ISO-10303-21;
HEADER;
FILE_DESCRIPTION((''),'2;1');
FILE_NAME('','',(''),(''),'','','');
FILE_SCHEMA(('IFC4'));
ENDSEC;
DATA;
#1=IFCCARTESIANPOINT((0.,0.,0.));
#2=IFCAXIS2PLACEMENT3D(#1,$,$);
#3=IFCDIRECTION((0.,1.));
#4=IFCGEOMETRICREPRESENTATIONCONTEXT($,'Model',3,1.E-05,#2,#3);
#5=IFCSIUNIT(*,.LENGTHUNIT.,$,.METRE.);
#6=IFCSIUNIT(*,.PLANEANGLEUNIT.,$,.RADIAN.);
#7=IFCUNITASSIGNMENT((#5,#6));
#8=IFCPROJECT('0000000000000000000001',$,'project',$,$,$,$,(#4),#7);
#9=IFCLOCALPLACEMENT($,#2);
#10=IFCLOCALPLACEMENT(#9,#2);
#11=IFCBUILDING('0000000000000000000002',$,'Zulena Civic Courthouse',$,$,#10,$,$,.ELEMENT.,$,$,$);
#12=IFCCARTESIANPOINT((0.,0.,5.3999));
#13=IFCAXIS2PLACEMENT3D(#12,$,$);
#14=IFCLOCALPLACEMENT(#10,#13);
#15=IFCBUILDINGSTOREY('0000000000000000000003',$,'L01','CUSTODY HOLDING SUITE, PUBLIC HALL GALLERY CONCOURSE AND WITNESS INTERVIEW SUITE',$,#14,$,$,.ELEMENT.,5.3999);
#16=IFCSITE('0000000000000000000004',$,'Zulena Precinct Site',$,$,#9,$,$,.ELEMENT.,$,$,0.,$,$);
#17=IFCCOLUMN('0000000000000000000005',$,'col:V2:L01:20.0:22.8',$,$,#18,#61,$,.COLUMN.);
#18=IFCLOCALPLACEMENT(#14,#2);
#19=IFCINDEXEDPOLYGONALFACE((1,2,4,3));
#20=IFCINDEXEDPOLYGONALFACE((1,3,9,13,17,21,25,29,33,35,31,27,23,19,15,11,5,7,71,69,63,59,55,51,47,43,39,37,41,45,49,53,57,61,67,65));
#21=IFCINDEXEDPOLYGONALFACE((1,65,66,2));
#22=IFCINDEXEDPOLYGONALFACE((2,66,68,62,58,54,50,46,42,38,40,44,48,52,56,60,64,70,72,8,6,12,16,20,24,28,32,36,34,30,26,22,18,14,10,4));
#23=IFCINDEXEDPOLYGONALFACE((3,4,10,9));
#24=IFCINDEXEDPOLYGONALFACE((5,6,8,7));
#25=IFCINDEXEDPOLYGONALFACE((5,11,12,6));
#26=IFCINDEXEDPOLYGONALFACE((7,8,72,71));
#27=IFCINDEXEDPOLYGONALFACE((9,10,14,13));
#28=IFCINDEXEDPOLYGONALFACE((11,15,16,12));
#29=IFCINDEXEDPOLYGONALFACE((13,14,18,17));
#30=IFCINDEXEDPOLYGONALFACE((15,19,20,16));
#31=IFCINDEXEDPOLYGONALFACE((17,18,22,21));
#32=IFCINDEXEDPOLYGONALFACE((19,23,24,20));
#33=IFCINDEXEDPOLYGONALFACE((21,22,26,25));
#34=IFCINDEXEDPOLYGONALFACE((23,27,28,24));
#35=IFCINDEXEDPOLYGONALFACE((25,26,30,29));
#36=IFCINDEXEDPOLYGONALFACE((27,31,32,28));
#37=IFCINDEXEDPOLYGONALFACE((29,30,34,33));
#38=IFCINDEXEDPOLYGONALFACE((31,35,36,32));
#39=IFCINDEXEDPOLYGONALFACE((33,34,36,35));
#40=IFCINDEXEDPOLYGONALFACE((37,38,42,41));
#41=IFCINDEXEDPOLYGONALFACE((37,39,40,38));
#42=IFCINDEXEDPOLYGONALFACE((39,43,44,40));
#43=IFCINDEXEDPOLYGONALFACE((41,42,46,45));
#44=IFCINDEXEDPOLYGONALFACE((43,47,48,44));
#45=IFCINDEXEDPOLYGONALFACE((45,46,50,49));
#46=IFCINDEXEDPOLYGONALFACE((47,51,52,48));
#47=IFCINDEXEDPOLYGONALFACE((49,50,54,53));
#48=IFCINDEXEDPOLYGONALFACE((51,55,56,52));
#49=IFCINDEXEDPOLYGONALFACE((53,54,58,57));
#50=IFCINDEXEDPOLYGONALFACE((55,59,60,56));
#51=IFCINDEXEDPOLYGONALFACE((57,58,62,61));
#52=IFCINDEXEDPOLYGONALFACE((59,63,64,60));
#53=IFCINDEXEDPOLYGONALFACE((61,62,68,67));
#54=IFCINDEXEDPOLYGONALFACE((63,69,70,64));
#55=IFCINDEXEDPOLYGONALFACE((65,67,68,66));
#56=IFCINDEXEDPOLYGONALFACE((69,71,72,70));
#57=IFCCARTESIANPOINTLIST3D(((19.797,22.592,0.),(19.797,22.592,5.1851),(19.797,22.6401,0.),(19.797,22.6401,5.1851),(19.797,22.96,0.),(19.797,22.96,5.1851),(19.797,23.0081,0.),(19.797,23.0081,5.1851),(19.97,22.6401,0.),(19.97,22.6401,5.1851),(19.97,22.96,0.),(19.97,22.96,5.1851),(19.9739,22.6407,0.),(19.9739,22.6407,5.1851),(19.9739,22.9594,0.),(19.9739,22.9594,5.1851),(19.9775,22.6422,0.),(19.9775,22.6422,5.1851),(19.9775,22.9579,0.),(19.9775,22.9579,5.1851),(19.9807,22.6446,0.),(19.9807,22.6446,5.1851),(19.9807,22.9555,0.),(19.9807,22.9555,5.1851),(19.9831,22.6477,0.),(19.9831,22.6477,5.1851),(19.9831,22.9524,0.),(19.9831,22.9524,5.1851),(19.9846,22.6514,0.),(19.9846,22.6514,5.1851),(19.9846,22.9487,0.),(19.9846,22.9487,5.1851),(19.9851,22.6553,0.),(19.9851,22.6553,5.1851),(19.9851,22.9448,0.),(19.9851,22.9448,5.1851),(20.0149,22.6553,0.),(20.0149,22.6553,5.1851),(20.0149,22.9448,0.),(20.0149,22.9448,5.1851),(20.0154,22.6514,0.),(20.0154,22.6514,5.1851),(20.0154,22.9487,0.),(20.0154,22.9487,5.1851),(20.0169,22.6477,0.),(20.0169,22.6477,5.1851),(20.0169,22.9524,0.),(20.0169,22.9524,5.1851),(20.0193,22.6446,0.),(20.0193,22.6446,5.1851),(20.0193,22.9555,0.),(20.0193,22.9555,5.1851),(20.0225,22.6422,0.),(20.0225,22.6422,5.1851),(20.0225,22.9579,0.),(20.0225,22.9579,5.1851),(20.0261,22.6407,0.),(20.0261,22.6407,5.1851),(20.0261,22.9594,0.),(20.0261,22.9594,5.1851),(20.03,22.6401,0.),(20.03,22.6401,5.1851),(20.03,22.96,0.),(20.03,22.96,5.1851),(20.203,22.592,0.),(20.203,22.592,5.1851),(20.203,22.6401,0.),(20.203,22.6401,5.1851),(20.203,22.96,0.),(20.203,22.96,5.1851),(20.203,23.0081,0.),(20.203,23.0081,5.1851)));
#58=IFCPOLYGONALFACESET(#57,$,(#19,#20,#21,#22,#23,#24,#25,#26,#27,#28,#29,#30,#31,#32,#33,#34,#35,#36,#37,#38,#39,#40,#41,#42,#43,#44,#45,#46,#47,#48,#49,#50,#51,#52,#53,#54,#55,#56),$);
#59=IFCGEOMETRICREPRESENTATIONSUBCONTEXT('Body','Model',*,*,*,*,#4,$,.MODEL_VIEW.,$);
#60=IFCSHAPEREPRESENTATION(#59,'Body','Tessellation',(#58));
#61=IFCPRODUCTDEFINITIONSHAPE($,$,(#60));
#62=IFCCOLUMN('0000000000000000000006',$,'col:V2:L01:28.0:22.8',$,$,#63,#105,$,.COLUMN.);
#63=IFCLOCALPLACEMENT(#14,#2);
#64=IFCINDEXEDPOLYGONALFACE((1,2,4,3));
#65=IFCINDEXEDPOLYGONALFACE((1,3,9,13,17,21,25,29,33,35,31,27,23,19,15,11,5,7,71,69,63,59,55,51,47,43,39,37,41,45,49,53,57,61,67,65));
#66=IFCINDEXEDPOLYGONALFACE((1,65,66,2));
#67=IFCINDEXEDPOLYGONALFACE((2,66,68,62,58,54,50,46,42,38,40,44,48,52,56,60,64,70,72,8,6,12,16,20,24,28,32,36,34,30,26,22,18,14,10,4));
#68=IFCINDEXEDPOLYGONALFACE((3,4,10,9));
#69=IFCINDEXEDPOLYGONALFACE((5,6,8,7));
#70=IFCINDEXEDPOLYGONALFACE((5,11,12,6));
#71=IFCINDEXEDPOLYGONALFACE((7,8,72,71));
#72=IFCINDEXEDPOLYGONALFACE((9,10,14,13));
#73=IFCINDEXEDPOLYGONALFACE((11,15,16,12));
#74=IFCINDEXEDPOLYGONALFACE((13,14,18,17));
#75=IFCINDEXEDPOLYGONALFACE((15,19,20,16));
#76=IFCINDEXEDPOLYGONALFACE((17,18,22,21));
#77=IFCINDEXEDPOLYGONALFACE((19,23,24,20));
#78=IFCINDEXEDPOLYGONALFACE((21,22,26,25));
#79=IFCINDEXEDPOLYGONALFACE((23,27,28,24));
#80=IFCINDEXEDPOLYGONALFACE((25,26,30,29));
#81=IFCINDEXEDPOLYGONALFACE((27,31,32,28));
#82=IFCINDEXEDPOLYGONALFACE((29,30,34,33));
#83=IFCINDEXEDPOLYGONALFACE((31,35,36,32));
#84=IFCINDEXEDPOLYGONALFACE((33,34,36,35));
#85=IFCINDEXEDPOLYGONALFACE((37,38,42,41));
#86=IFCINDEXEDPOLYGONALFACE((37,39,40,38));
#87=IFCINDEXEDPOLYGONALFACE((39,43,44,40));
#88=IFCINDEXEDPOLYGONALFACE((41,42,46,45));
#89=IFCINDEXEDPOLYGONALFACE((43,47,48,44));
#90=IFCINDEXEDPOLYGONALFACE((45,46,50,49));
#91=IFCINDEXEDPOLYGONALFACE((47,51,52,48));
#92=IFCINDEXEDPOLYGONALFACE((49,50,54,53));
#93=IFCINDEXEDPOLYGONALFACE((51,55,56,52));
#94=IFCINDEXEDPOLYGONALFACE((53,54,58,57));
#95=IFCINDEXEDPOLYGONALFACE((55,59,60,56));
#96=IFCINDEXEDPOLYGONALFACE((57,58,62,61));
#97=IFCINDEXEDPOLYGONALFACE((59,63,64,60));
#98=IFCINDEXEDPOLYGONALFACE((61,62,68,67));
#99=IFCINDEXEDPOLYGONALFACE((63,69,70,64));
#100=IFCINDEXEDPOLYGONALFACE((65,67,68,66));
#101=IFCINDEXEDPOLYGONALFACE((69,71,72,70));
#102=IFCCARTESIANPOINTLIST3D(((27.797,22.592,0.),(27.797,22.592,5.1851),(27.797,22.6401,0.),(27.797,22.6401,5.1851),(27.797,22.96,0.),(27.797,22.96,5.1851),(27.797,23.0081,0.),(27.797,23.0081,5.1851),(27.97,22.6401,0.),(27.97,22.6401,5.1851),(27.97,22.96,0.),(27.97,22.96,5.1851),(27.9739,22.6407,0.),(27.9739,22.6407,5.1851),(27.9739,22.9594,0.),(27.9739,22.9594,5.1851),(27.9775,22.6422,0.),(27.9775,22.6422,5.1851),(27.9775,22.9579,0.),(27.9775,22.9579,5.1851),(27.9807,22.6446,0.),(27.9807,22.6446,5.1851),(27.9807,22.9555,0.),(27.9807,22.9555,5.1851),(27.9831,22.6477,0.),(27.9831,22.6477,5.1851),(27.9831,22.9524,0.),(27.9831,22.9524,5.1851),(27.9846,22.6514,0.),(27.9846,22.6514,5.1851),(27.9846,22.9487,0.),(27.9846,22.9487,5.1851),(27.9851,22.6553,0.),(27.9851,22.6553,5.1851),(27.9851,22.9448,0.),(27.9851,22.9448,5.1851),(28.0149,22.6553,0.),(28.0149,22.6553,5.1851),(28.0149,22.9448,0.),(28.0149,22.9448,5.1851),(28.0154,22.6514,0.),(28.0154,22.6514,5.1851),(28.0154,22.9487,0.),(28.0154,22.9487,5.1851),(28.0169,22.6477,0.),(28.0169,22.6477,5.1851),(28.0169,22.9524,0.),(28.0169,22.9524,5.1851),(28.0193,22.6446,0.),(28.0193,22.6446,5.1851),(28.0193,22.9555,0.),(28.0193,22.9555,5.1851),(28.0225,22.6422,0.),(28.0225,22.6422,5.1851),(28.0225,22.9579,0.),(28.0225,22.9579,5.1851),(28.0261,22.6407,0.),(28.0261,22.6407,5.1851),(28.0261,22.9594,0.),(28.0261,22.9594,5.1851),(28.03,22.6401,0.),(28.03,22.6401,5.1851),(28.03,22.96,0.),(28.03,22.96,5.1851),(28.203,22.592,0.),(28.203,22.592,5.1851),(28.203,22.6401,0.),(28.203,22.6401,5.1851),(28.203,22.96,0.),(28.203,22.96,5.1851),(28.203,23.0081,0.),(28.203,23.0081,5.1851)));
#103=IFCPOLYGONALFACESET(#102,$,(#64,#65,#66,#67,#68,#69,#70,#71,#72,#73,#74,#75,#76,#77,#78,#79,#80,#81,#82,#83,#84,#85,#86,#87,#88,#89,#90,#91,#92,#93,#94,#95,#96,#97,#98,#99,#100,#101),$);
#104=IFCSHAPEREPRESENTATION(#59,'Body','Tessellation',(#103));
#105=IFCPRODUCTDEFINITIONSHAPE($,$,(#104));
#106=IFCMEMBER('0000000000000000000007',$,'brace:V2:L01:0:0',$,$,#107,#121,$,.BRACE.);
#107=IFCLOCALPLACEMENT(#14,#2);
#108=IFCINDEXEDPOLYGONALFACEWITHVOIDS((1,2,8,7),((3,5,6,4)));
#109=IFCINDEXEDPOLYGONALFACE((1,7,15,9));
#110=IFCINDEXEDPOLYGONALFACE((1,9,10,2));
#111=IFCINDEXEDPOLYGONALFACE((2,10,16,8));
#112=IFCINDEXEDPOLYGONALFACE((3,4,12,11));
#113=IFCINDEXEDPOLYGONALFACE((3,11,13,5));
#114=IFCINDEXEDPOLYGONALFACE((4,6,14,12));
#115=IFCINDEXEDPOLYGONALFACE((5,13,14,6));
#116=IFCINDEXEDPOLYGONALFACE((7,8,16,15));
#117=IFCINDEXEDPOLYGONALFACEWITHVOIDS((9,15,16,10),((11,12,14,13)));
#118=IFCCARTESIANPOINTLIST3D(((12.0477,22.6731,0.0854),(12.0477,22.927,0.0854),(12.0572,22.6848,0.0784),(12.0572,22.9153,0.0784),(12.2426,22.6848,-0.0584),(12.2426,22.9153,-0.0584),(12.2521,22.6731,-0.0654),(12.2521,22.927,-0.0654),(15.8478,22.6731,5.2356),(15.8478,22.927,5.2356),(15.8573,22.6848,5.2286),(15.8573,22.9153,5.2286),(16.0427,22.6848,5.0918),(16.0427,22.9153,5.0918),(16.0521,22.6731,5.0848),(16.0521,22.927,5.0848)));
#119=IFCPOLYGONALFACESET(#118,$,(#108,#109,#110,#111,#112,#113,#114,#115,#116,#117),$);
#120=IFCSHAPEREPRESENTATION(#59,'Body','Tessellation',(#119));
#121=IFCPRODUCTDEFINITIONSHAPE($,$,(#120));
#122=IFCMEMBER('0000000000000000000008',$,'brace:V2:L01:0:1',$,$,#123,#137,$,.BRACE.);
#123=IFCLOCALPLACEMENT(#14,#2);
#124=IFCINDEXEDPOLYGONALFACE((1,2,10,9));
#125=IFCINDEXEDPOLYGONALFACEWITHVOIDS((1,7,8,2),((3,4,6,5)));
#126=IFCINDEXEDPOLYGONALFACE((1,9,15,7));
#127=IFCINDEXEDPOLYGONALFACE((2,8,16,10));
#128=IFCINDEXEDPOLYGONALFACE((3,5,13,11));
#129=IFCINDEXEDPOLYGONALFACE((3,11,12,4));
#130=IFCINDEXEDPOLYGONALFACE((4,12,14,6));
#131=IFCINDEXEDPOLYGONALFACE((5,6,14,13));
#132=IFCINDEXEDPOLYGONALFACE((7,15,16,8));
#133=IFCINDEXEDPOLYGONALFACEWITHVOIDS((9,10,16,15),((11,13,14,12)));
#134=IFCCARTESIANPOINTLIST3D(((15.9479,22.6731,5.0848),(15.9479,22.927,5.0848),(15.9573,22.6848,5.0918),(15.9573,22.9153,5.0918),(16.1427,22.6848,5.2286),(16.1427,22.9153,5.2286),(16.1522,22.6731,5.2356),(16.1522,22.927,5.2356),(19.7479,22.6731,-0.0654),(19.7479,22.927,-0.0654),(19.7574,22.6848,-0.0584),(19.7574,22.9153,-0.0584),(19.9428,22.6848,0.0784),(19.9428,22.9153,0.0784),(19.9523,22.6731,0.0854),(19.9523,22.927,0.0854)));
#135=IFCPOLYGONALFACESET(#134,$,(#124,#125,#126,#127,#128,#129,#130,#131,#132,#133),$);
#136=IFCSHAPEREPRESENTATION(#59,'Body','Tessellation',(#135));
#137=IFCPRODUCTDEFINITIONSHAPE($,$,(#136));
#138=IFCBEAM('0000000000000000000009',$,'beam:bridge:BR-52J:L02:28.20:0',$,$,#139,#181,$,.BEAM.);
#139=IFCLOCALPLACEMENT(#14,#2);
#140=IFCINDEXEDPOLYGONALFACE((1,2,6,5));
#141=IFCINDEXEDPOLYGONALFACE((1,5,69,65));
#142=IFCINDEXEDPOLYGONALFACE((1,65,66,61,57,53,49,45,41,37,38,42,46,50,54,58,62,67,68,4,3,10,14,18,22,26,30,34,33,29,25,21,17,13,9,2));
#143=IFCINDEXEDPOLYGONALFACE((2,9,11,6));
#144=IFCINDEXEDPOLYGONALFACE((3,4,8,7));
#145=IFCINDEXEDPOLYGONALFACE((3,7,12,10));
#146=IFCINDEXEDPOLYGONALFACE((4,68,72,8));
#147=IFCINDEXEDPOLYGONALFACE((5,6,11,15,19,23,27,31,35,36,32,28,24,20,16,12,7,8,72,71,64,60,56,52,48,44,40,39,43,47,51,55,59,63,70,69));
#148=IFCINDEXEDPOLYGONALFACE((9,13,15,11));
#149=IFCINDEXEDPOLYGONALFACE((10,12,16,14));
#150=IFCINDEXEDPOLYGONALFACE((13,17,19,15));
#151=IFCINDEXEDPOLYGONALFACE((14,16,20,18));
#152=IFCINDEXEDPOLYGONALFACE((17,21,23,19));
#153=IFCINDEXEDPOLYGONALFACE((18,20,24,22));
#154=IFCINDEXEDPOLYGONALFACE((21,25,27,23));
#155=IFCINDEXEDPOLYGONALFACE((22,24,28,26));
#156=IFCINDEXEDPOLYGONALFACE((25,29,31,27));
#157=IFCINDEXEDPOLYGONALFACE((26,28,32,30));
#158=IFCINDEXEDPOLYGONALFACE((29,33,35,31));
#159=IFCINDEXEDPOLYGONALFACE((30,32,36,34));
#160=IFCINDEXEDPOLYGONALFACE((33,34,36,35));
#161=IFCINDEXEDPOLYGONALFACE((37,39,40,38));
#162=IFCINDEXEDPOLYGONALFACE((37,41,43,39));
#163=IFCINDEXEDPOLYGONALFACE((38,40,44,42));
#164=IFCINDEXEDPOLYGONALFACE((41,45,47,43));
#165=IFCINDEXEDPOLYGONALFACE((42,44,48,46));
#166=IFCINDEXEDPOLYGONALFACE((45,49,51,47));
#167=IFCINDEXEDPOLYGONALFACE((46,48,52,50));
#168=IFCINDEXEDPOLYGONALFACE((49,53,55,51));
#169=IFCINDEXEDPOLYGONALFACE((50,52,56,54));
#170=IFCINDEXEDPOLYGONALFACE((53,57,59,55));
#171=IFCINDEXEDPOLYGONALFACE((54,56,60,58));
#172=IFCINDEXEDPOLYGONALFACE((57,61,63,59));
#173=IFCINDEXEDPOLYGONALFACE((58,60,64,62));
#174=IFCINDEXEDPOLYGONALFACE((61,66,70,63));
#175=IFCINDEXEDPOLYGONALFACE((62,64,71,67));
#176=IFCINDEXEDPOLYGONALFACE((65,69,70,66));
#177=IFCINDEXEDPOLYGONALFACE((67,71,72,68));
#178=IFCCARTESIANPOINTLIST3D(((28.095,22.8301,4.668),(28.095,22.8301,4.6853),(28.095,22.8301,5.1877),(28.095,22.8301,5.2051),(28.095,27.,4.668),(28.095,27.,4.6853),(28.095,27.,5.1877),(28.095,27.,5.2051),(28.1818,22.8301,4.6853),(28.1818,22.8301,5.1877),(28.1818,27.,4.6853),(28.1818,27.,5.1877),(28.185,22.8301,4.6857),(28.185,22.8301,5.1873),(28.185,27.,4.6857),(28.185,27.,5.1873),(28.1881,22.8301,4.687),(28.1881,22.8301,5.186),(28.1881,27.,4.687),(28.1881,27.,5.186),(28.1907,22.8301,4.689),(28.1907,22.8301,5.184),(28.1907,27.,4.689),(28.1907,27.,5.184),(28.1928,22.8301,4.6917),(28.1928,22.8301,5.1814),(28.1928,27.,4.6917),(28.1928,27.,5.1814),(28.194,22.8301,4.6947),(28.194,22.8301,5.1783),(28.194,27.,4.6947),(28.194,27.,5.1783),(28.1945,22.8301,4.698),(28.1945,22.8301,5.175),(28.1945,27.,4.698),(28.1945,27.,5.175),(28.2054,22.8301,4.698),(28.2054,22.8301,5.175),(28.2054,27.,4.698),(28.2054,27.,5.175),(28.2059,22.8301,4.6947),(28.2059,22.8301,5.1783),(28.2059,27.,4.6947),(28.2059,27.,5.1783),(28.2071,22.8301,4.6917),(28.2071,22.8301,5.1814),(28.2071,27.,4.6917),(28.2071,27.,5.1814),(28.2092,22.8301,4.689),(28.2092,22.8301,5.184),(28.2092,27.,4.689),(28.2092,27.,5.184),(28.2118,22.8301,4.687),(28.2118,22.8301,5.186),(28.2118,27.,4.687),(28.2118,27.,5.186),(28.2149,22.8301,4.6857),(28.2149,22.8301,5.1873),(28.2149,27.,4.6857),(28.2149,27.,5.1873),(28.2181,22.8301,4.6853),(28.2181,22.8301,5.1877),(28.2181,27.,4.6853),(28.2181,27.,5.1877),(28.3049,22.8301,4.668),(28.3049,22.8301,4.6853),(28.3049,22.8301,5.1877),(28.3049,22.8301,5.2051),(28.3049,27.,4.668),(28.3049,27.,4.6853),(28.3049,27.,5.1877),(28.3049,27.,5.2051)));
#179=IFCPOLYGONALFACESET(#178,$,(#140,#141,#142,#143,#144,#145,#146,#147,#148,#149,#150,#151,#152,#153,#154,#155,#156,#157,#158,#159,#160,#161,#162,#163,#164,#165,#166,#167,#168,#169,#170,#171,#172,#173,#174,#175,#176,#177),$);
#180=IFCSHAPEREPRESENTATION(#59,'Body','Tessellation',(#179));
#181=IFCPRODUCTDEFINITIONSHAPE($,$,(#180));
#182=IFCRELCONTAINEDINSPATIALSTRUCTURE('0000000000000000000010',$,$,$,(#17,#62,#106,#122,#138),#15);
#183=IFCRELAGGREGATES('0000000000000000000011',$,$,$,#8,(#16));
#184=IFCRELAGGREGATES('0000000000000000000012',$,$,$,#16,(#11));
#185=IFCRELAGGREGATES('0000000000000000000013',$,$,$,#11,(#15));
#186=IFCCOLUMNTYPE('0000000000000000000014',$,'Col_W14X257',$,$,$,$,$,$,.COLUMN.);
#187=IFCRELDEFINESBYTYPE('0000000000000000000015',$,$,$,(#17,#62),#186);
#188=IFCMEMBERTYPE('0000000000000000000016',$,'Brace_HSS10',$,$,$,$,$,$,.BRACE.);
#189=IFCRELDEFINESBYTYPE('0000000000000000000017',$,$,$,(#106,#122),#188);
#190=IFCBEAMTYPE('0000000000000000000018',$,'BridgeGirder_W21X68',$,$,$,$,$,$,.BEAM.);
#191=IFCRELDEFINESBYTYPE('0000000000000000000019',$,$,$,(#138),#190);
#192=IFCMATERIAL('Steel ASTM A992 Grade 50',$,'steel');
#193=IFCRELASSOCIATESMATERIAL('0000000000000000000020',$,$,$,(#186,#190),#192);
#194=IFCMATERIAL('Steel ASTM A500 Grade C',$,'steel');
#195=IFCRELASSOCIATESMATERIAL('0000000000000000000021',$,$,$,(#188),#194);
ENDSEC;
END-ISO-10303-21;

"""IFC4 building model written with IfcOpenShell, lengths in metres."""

from ifc_helpers import new_model, si_unit, direction, frame, origin, origin_2d, place, context, subcontext, project, spatial, hollow_rectangle, i_section, extrude, material, material_profile, profile_set, type_object, element, save


model = new_model("IFC4")

# Units and contexts
model_context = context("Model", 3, precision=1e-05, world=origin(), true_north=direction((0.0, 1.0)))
body_context = subcontext(model_context, "Body", "Model", "MODEL_VIEW")
ifc_project = project(units=[si_unit("LENGTHUNIT", "METRE"), si_unit("PLANEANGLEUNIT", "RADIAN")], contexts=[model_context])

# Site, building, storey
site_placement = place(None, origin())
site = spatial("IfcSite", under=ifc_project, at=site_placement, Name="Zulena Precinct Site", CompositionType="ELEMENT", RefElevation=0.0)
building_placement = place(site_placement, origin())
building = spatial("IfcBuilding", under=site, at=building_placement, Name="Zulena Civic Courthouse", CompositionType="ELEMENT")
storey_placement = place(building_placement, frame((0.0, 0.0, 5.3999)))
storey = spatial("IfcBuildingStorey", under=building, at=storey_placement, Name="L01", Description="CUSTODY HOLDING SUITE, PUBLIC HALL GALLERY CONCOURSE AND WITNESS INTERVIEW SUITE", CompositionType="ELEMENT", Elevation=5.3999)

# Columns
ifc_material_1 = material(Name="Steel ASTM A992 Grade 50", Category="steel")
ifc_material_profile_1 = material_profile(ifc_material_1, i_section(OverallWidth=0.406, OverallDepth=0.416, WebThickness=0.0298, FlangeThickness=0.0481, FilletRadius=0.0151, at=origin_2d()), Name="W14X257")
ifc_profile_set_1 = profile_set([ifc_material_profile_1], Name="Steel ASTM A992 Grade 50")
column_type_1 = type_object("IfcColumnType", Name="Col_W14X257", PredefinedType="COLUMN", material=ifc_profile_set_1)
for number, where, z_axis, x_axis, name in (
    (1, (20.0, 22.8, 0.0), (0.0, 0.0, 1.0), (1.0, 0.0, 0.0), "col:V2:L01:20.0:22.8"),
    (2, (28.0, 22.8, 0.0), (0.0, 0.0, 1.0), (1.0, 0.0, 0.0), "col:V2:L01:28.0:22.8"),
):
    element("IfcColumn", number, at=place(storey_placement, frame(where, z_axis=z_axis, x_axis=x_axis)), inside=storey, type_object=column_type_1, Name=name, PredefinedType="COLUMN", context=body_context, shape_type="SweptSolid", body=[
        extrude(i_section(OverallWidth=0.406, OverallDepth=0.416, WebThickness=0.0298, FlangeThickness=0.0481, FilletRadius=0.0151, at=origin_2d()), origin(), (0.0, 0.0, 1.0), 5.1851),
    ])

# Members
ifc_material_2 = material(Name="Steel ASTM A500 Grade C", Category="steel")
ifc_material_profile_2 = material_profile(ifc_material_2, hollow_rectangle(XDim=0.2539, YDim=0.2539, WallThickness=0.0117, at=origin_2d()), Name="HSS10X10X1/2")
ifc_profile_set_2 = profile_set([ifc_material_profile_2], Name="Steel ASTM A500 Grade C")
member_type = type_object("IfcMemberType", Name="Brace_HSS10", PredefinedType="BRACE", material=ifc_profile_set_2)
for number, where, z_axis, x_axis, name in (
    (3, (12.1499, 22.8, 0.01), (0.593726, 0.0, 0.804667), (0.0, 1.0, 0.0), "brace:V2:L01:0:0"),
    (4, (19.8501, 22.8, 0.01), (-0.593726, 0.0, 0.804667), (0.0, -1.0, 0.0), "brace:V2:L01:0:1"),
):
    element("IfcMember", number, at=place(storey_placement, frame(where, z_axis=z_axis, x_axis=x_axis)), inside=storey, type_object=member_type, Name=name, PredefinedType="BRACE", context=body_context, shape_type="SweptSolid", body=[
        extrude(hollow_rectangle(XDim=0.2539, YDim=0.2539, WallThickness=0.0117, at=origin_2d()), origin(), (0.0, 0.0, 1.0), 6.4004),
    ])

# Beam
ifc_material_profile_3 = material_profile(ifc_material_1, i_section(OverallWidth=0.21, OverallDepth=0.5371, WebThickness=0.011, FlangeThickness=0.0173, FilletRadius=0.0127, at=origin_2d()), Name="W21X68")
ifc_profile_set_3 = profile_set([ifc_material_profile_3], Name="Steel ASTM A992 Grade 50")
beam_type_1 = type_object("IfcBeamType", Name="BridgeGirder_W21X68", PredefinedType="BEAM", material=ifc_profile_set_3)
beam_placement = place(storey_placement, frame((28.2, 22.8301, 4.9365), z_axis=(0.0, 1.0, 0.0), x_axis=(-1.0, 0.0, 0.0)))
element("IfcBeam", 5, at=beam_placement, inside=storey, type_object=beam_type_1, Name="beam:bridge:BR-52J:L02:28.20:0", PredefinedType="BEAM", context=body_context, shape_type="SweptSolid", body=[
    extrude(i_section(OverallWidth=0.21, OverallDepth=0.5371, WebThickness=0.011, FlangeThickness=0.0173, FilletRadius=0.0127, at=origin_2d()), origin(), (0.0, 0.0, 1.0), 4.1699),
])

save(model, "model.ifc")
